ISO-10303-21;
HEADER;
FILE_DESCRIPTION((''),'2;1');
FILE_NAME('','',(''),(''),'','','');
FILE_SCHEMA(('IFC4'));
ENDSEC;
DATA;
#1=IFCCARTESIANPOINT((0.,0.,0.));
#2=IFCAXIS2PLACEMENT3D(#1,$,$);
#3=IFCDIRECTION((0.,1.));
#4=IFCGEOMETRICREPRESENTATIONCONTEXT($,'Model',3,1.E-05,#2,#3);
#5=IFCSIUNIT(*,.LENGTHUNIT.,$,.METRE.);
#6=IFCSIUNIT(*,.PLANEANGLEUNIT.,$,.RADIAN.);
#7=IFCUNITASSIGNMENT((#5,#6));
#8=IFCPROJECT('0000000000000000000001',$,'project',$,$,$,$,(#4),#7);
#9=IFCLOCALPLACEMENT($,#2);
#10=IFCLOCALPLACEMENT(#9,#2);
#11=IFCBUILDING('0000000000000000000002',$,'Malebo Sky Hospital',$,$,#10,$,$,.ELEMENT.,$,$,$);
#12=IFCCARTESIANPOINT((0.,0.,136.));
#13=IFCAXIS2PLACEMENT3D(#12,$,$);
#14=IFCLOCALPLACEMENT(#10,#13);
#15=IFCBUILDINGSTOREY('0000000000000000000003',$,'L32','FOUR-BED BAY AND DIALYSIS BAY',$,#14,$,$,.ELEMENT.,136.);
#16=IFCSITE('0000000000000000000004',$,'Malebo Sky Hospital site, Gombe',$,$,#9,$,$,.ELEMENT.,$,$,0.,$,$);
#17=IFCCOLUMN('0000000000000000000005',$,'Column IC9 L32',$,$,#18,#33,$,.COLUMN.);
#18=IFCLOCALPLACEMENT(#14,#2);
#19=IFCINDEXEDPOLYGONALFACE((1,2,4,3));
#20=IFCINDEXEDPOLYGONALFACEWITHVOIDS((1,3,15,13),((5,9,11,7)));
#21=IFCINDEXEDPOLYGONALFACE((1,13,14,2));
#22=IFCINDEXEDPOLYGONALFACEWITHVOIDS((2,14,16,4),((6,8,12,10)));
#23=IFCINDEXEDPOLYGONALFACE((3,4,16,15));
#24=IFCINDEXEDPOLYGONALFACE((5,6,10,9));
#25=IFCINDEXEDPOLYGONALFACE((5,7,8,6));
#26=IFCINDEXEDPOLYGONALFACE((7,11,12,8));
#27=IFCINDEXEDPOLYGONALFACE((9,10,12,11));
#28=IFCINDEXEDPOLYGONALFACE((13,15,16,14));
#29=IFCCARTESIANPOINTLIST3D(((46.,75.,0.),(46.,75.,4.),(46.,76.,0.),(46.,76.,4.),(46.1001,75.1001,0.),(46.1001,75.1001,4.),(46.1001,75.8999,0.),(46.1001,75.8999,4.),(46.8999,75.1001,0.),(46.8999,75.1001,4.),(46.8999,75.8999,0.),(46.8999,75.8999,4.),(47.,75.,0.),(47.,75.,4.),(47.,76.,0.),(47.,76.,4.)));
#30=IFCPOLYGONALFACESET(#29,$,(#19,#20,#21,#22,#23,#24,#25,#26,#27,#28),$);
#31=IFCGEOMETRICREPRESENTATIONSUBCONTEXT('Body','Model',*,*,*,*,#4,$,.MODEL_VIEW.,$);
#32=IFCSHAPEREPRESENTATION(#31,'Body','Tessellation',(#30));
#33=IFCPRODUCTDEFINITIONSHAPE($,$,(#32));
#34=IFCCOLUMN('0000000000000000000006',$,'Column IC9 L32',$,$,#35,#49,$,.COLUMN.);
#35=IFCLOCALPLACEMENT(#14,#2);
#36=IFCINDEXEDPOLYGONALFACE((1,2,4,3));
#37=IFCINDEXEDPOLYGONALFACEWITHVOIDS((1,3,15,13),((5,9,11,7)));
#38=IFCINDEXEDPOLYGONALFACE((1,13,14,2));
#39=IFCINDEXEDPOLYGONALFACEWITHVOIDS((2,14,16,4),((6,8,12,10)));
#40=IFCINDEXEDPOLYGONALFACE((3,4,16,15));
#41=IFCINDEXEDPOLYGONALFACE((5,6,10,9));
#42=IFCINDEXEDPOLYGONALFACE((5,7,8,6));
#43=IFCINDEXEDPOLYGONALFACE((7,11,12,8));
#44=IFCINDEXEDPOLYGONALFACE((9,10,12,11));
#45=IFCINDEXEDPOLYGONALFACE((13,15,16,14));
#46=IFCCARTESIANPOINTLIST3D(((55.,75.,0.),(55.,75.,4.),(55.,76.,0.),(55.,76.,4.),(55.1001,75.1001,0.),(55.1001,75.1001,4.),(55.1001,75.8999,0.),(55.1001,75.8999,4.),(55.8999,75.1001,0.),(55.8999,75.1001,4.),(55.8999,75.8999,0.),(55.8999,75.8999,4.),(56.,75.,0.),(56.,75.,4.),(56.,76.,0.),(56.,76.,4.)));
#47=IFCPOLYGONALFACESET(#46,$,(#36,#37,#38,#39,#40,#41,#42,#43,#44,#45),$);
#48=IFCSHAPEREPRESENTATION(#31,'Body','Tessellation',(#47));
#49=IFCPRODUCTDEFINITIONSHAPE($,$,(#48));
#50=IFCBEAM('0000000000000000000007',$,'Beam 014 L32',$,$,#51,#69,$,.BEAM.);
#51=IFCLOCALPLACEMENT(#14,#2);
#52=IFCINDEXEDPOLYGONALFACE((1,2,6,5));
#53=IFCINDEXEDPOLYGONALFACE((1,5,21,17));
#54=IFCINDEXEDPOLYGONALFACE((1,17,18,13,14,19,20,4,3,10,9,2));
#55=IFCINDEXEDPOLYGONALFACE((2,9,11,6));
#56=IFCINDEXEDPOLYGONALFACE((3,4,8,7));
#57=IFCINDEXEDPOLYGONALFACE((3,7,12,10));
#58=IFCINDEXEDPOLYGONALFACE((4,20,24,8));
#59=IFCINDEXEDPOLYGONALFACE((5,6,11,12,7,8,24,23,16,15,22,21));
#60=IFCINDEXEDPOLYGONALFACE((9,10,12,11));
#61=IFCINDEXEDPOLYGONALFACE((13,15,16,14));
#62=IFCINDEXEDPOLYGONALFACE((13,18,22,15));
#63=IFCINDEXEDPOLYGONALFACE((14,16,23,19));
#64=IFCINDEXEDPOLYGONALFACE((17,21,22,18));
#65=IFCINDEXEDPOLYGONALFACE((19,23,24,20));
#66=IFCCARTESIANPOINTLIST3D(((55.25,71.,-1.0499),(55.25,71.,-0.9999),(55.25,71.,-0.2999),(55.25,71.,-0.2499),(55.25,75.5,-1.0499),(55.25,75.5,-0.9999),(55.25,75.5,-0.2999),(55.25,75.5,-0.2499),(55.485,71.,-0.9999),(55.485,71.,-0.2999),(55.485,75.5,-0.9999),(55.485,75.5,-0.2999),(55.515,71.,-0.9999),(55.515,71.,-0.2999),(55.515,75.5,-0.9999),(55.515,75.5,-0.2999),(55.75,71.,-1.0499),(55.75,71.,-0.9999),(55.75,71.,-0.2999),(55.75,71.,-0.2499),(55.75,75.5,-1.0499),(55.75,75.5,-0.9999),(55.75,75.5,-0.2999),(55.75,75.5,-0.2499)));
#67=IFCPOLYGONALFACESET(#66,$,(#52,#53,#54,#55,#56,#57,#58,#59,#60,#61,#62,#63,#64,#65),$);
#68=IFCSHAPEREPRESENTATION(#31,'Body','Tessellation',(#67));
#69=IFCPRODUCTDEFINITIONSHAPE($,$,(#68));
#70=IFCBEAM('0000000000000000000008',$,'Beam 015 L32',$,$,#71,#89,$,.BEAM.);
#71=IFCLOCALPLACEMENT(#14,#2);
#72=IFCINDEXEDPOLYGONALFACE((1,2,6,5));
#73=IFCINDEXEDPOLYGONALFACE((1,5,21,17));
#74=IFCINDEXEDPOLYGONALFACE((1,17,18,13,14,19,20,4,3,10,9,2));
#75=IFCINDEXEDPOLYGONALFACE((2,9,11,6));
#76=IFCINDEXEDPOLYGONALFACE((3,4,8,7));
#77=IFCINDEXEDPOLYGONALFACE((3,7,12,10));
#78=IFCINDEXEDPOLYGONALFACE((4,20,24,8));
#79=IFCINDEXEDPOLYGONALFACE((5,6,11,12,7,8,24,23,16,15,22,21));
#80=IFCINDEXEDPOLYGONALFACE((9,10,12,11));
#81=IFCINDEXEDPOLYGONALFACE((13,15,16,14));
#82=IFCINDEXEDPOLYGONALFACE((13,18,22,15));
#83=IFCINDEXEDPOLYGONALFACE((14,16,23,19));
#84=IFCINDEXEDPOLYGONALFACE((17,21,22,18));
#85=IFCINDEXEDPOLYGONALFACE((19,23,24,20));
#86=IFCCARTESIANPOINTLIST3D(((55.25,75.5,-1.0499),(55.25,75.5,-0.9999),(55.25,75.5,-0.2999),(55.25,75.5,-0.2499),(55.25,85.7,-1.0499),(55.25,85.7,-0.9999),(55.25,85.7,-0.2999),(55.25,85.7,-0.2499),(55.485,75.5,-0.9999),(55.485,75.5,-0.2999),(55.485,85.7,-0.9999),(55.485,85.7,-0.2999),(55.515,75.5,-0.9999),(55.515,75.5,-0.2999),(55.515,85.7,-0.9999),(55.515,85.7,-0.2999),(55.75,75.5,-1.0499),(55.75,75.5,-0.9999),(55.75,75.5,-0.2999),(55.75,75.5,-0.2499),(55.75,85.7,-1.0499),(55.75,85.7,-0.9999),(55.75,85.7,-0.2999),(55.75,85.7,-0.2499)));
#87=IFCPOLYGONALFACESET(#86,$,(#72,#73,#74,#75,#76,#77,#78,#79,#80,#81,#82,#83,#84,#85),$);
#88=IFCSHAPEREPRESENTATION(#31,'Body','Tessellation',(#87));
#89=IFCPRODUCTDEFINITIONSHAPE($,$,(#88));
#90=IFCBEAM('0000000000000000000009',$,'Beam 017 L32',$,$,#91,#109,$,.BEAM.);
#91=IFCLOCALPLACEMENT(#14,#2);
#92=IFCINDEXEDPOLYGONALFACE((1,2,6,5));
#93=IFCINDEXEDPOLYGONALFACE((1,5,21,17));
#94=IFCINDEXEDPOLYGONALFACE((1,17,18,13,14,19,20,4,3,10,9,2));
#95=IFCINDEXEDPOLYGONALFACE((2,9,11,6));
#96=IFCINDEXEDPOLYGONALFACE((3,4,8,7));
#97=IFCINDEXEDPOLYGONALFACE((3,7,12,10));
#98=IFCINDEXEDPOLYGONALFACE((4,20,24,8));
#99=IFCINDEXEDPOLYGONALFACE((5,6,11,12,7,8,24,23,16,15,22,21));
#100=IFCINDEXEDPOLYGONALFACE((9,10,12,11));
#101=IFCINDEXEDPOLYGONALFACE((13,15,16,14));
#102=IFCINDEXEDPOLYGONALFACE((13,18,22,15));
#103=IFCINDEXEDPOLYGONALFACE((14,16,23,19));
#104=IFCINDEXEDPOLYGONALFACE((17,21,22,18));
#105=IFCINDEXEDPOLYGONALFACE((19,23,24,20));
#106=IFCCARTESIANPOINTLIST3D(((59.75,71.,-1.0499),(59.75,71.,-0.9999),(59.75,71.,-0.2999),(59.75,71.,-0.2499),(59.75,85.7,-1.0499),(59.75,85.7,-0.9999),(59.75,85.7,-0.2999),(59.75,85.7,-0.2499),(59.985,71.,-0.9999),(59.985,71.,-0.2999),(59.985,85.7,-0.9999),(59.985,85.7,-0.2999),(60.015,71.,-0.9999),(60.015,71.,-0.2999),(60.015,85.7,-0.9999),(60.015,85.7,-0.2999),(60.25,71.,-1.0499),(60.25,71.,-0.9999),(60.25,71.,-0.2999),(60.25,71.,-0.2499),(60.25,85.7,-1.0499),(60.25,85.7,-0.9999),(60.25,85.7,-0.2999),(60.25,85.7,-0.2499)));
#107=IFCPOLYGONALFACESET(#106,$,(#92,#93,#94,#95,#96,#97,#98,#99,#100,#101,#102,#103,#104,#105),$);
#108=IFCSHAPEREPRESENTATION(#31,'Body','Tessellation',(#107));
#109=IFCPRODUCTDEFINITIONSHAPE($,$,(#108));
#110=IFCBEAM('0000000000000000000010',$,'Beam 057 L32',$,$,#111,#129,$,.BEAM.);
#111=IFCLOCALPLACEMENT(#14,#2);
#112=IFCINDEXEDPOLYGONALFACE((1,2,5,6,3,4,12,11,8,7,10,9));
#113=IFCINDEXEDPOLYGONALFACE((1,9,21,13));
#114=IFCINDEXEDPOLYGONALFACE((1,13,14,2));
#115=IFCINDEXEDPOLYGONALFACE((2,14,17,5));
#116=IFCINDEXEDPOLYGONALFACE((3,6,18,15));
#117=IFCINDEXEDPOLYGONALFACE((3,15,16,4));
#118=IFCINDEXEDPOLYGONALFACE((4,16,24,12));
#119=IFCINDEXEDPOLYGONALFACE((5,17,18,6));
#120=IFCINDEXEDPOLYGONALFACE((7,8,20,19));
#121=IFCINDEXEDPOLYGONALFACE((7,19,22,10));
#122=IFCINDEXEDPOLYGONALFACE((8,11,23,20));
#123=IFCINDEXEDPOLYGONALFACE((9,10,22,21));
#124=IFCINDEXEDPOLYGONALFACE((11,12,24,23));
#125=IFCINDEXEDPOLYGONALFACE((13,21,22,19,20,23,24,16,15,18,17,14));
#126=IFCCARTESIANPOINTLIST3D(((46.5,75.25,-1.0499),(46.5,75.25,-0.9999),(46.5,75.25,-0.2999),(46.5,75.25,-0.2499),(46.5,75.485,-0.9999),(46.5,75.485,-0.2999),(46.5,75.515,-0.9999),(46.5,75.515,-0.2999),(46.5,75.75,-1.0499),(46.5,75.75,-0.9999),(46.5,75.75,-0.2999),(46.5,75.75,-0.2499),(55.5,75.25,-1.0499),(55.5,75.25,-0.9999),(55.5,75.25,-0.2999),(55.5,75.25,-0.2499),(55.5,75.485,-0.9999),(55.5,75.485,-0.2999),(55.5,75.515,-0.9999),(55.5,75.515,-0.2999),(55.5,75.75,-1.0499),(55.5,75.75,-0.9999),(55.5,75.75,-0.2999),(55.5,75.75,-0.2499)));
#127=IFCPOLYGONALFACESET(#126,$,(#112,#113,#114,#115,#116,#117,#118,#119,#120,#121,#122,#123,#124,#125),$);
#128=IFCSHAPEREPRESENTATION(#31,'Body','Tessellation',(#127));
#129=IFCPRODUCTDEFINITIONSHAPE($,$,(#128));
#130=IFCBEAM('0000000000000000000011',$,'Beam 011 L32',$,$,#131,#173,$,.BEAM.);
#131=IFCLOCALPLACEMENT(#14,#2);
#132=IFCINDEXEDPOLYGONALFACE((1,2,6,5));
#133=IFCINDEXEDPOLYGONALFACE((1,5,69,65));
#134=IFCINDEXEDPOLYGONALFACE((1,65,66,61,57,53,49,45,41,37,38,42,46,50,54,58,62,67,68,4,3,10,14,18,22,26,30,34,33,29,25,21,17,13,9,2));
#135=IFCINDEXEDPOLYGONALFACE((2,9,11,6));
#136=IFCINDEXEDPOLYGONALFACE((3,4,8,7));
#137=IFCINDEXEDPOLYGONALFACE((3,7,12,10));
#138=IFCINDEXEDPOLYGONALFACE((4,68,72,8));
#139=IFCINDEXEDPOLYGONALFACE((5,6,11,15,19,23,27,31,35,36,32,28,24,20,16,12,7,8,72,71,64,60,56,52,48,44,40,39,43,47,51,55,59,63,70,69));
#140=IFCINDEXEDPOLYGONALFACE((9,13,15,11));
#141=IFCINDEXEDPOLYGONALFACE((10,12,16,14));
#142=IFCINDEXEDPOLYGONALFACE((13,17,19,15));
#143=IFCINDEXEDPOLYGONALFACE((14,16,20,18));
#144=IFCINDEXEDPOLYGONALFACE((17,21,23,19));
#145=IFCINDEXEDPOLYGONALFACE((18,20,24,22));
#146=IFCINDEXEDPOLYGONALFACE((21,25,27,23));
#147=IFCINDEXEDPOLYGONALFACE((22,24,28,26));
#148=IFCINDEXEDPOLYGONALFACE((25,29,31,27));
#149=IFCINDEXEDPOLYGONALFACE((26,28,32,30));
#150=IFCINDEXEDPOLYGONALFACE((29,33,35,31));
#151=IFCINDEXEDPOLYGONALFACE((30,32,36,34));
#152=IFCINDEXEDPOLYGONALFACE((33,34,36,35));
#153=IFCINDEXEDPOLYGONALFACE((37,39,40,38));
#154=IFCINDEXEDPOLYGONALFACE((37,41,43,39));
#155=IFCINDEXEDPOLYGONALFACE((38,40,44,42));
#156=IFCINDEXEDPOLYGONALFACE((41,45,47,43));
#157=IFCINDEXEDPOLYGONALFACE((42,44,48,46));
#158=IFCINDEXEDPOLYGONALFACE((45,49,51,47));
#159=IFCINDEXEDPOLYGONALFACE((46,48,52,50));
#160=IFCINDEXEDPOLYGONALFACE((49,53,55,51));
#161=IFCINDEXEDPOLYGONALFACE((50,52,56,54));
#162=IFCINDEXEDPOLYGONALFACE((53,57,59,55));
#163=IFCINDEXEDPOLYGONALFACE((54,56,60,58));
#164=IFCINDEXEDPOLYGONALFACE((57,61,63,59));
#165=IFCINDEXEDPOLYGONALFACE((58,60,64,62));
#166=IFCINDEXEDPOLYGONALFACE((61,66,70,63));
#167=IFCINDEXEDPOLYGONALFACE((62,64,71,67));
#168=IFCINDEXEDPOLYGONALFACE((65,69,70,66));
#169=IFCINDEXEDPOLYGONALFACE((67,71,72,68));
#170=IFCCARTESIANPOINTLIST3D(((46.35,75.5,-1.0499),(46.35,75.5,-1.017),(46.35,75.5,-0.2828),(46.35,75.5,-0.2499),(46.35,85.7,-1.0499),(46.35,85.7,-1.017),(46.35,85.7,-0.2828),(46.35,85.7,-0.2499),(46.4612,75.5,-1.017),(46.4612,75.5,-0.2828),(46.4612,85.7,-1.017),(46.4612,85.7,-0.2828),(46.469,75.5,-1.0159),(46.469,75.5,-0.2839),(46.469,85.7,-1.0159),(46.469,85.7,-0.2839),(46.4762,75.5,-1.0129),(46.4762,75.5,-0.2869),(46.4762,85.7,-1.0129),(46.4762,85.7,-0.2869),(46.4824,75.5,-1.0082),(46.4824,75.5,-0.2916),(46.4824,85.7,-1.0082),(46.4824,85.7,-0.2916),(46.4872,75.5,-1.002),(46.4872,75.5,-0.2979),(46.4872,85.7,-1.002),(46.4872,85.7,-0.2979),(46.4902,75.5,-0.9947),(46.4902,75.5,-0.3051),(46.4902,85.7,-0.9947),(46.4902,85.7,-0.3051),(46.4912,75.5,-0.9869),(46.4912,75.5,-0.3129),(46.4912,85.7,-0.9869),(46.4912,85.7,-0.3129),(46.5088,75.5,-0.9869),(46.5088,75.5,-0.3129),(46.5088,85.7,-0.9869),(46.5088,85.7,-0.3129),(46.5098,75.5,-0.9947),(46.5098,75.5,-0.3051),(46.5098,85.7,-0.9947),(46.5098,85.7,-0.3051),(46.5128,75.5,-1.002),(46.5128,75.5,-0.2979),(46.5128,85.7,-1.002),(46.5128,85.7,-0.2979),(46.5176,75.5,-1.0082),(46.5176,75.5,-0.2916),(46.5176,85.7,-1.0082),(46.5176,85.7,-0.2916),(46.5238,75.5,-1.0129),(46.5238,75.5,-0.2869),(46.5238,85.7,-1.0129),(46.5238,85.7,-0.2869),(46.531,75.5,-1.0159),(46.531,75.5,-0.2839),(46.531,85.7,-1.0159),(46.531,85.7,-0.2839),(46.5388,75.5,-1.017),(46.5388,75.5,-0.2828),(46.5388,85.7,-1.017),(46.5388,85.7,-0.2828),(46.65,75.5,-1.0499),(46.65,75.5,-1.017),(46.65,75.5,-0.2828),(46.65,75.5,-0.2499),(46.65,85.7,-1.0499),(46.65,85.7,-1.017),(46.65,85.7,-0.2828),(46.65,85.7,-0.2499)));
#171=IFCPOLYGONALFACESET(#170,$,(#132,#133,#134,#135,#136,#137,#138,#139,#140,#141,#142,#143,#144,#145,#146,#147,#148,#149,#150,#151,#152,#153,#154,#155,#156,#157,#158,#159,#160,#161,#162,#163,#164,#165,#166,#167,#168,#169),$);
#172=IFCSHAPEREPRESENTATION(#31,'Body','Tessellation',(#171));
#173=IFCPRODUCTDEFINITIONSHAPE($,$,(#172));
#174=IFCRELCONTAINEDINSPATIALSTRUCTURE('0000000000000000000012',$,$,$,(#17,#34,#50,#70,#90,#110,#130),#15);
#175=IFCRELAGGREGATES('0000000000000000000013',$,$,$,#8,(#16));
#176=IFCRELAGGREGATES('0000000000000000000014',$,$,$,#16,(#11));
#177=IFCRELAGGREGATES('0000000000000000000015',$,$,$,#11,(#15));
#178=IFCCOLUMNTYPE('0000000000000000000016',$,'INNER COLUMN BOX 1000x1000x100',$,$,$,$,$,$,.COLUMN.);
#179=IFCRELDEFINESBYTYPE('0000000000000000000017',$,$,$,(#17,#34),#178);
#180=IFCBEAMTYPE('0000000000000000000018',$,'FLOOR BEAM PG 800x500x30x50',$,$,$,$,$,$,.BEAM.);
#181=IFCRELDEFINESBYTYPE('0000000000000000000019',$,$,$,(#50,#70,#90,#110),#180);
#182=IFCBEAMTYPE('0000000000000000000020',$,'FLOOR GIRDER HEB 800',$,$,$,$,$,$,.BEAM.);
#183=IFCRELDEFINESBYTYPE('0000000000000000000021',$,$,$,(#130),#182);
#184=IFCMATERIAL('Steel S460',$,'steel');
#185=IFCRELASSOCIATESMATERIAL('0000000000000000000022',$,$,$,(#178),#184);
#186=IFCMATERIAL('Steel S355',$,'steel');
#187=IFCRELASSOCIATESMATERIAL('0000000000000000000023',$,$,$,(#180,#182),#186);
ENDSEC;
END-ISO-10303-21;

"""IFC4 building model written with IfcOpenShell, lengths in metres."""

from ifc_helpers import new_model, si_unit, direction, frame, origin, origin_2d, place, context, subcontext, project, spatial, hollow_rectangle, i_section, extrude, material, material_profile, profile_set, type_object, element, save


model = new_model("IFC4")

# Units and contexts
model_context = context("Model", 3, precision=1e-05, world=origin(), true_north=direction((0.0, 1.0)))
body_context = subcontext(model_context, "Body", "Model", "MODEL_VIEW")
ifc_project = project(units=[si_unit("LENGTHUNIT", "METRE"), si_unit("PLANEANGLEUNIT", "RADIAN")], contexts=[model_context])

# Site, building, storey
site_placement = place(None, origin())
site = spatial("IfcSite", under=ifc_project, at=site_placement, Name="Malebo Sky Hospital site, Gombe", CompositionType="ELEMENT", RefElevation=0.0)
building_placement = place(site_placement, origin())
building = spatial("IfcBuilding", under=site, at=building_placement, Name="Malebo Sky Hospital", CompositionType="ELEMENT")
storey_placement = place(building_placement, frame((0.0, 0.0, 136.0)))
storey = spatial("IfcBuildingStorey", under=building, at=storey_placement, Name="L32", Description="FOUR-BED BAY AND DIALYSIS BAY", CompositionType="ELEMENT", Elevation=136.0)

# Columns
ifc_material_1 = material(Name="Steel S460", Category="steel")
ifc_material_profile_1 = material_profile(ifc_material_1, hollow_rectangle(XDim=1.0, YDim=1.0, WallThickness=0.1001, at=origin_2d()), Name="BOX 1000x1000x100")
ifc_profile_set_1 = profile_set([ifc_material_profile_1], Name="Steel S460")
column_type = type_object("IfcColumnType", Name="INNER COLUMN BOX 1000x1000x100", PredefinedType="COLUMN", material=ifc_profile_set_1)
for number, where, z_axis, x_axis, name in (
    (1, (46.5, 75.5, 0.0), (0.0, 0.0, 1.0), (1.0, 0.0, 0.0), "Column IC9 L32"),
    (2, (55.5, 75.5, 0.0), (0.0, 0.0, 1.0), (1.0, 0.0, 0.0), "Column IC9 L32"),
):
    element("IfcColumn", number, at=place(storey_placement, frame(where, z_axis=z_axis, x_axis=x_axis)), inside=storey, type_object=column_type, Name=name, PredefinedType="COLUMN", context=body_context, shape_type="SweptSolid", body=[
        extrude(hollow_rectangle(XDim=1.0, YDim=1.0, WallThickness=0.1001, at=origin_2d()), origin(), (0.0, 0.0, 1.0), 4.0),
    ])

# Beams
ifc_material_2 = material(Name="Steel S355", Category="steel")
ifc_material_profile_2 = material_profile(ifc_material_2, i_section(OverallWidth=0.5, OverallDepth=0.8, WebThickness=0.03, FlangeThickness=0.05, at=origin_2d()), Name="PG 800x500x30x50")
ifc_profile_set_2 = profile_set([ifc_material_profile_2], Name="Steel S355")
beam_type_1 = type_object("IfcBeamType", Name="FLOOR BEAM PG 800x500x30x50", PredefinedType="BEAM", material=ifc_profile_set_2)
beam_1_placement = place(storey_placement, frame((55.5, 71.0, -0.6499), z_axis=(0.0, 1.0, 0.0), x_axis=(-1.0, 0.0, 0.0)))
element("IfcBeam", 3, at=beam_1_placement, inside=storey, type_object=beam_type_1, Name="Beam 014 L32", PredefinedType="BEAM", context=body_context, shape_type="SweptSolid", body=[
    extrude(i_section(OverallWidth=0.5, OverallDepth=0.8, WebThickness=0.03, FlangeThickness=0.05, at=origin_2d()), origin(), (0.0, 0.0, 1.0), 4.5),
])
beam_2_placement = place(storey_placement, frame((55.5, 75.5, -0.6499), z_axis=(0.0, 1.0, 0.0), x_axis=(-1.0, 0.0, 0.0)))
element("IfcBeam", 4, at=beam_2_placement, inside=storey, type_object=beam_type_1, Name="Beam 015 L32", PredefinedType="BEAM", context=body_context, shape_type="SweptSolid", body=[
    extrude(i_section(OverallWidth=0.5, OverallDepth=0.8, WebThickness=0.03, FlangeThickness=0.05, at=origin_2d()), origin(), (0.0, 0.0, 1.0), 10.2),
])
beam_3_placement = place(storey_placement, frame((60.0, 71.0, -0.6499), z_axis=(0.0, 1.0, 0.0), x_axis=(-1.0, 0.0, 0.0)))
element("IfcBeam", 5, at=beam_3_placement, inside=storey, type_object=beam_type_1, Name="Beam 017 L32", PredefinedType="BEAM", context=body_context, shape_type="SweptSolid", body=[
    extrude(i_section(OverallWidth=0.5, OverallDepth=0.8, WebThickness=0.03, FlangeThickness=0.05, at=origin_2d()), origin(), (0.0, 0.0, 1.0), 14.7),
])
beam_4_placement = place(storey_placement, frame((46.5, 75.5, -0.6499), z_axis=(1.0, 0.0, 0.0), x_axis=(0.0, 1.0, 0.0)))
element("IfcBeam", 6, at=beam_4_placement, inside=storey, type_object=beam_type_1, Name="Beam 057 L32", PredefinedType="BEAM", context=body_context, shape_type="SweptSolid", body=[
    extrude(i_section(OverallWidth=0.5, OverallDepth=0.8, WebThickness=0.03, FlangeThickness=0.05, at=origin_2d()), origin(), (0.0, 0.0, 1.0), 9.0),
])
ifc_material_profile_3 = material_profile(ifc_material_2, i_section(OverallWidth=0.3, OverallDepth=0.8, WebThickness=0.0176, FlangeThickness=0.033, FilletRadius=0.03, at=origin_2d()), Name="HEB 800")
ifc_profile_set_3 = profile_set([ifc_material_profile_3], Name="Steel S355")
beam_type_2 = type_object("IfcBeamType", Name="FLOOR GIRDER HEB 800", PredefinedType="BEAM", material=ifc_profile_set_3)
beam_5_placement = place(storey_placement, frame((46.5, 75.5, -0.6499), z_axis=(0.0, 1.0, 0.0), x_axis=(-1.0, 0.0, 0.0)))
element("IfcBeam", 7, at=beam_5_placement, inside=storey, type_object=beam_type_2, Name="Beam 011 L32", PredefinedType="BEAM", context=body_context, shape_type="SweptSolid", body=[
    extrude(i_section(OverallWidth=0.3, OverallDepth=0.8, WebThickness=0.0176, FlangeThickness=0.033, FilletRadius=0.03, at=origin_2d()), origin(), (0.0, 0.0, 1.0), 10.2),
])

save(model, "model.ifc")
